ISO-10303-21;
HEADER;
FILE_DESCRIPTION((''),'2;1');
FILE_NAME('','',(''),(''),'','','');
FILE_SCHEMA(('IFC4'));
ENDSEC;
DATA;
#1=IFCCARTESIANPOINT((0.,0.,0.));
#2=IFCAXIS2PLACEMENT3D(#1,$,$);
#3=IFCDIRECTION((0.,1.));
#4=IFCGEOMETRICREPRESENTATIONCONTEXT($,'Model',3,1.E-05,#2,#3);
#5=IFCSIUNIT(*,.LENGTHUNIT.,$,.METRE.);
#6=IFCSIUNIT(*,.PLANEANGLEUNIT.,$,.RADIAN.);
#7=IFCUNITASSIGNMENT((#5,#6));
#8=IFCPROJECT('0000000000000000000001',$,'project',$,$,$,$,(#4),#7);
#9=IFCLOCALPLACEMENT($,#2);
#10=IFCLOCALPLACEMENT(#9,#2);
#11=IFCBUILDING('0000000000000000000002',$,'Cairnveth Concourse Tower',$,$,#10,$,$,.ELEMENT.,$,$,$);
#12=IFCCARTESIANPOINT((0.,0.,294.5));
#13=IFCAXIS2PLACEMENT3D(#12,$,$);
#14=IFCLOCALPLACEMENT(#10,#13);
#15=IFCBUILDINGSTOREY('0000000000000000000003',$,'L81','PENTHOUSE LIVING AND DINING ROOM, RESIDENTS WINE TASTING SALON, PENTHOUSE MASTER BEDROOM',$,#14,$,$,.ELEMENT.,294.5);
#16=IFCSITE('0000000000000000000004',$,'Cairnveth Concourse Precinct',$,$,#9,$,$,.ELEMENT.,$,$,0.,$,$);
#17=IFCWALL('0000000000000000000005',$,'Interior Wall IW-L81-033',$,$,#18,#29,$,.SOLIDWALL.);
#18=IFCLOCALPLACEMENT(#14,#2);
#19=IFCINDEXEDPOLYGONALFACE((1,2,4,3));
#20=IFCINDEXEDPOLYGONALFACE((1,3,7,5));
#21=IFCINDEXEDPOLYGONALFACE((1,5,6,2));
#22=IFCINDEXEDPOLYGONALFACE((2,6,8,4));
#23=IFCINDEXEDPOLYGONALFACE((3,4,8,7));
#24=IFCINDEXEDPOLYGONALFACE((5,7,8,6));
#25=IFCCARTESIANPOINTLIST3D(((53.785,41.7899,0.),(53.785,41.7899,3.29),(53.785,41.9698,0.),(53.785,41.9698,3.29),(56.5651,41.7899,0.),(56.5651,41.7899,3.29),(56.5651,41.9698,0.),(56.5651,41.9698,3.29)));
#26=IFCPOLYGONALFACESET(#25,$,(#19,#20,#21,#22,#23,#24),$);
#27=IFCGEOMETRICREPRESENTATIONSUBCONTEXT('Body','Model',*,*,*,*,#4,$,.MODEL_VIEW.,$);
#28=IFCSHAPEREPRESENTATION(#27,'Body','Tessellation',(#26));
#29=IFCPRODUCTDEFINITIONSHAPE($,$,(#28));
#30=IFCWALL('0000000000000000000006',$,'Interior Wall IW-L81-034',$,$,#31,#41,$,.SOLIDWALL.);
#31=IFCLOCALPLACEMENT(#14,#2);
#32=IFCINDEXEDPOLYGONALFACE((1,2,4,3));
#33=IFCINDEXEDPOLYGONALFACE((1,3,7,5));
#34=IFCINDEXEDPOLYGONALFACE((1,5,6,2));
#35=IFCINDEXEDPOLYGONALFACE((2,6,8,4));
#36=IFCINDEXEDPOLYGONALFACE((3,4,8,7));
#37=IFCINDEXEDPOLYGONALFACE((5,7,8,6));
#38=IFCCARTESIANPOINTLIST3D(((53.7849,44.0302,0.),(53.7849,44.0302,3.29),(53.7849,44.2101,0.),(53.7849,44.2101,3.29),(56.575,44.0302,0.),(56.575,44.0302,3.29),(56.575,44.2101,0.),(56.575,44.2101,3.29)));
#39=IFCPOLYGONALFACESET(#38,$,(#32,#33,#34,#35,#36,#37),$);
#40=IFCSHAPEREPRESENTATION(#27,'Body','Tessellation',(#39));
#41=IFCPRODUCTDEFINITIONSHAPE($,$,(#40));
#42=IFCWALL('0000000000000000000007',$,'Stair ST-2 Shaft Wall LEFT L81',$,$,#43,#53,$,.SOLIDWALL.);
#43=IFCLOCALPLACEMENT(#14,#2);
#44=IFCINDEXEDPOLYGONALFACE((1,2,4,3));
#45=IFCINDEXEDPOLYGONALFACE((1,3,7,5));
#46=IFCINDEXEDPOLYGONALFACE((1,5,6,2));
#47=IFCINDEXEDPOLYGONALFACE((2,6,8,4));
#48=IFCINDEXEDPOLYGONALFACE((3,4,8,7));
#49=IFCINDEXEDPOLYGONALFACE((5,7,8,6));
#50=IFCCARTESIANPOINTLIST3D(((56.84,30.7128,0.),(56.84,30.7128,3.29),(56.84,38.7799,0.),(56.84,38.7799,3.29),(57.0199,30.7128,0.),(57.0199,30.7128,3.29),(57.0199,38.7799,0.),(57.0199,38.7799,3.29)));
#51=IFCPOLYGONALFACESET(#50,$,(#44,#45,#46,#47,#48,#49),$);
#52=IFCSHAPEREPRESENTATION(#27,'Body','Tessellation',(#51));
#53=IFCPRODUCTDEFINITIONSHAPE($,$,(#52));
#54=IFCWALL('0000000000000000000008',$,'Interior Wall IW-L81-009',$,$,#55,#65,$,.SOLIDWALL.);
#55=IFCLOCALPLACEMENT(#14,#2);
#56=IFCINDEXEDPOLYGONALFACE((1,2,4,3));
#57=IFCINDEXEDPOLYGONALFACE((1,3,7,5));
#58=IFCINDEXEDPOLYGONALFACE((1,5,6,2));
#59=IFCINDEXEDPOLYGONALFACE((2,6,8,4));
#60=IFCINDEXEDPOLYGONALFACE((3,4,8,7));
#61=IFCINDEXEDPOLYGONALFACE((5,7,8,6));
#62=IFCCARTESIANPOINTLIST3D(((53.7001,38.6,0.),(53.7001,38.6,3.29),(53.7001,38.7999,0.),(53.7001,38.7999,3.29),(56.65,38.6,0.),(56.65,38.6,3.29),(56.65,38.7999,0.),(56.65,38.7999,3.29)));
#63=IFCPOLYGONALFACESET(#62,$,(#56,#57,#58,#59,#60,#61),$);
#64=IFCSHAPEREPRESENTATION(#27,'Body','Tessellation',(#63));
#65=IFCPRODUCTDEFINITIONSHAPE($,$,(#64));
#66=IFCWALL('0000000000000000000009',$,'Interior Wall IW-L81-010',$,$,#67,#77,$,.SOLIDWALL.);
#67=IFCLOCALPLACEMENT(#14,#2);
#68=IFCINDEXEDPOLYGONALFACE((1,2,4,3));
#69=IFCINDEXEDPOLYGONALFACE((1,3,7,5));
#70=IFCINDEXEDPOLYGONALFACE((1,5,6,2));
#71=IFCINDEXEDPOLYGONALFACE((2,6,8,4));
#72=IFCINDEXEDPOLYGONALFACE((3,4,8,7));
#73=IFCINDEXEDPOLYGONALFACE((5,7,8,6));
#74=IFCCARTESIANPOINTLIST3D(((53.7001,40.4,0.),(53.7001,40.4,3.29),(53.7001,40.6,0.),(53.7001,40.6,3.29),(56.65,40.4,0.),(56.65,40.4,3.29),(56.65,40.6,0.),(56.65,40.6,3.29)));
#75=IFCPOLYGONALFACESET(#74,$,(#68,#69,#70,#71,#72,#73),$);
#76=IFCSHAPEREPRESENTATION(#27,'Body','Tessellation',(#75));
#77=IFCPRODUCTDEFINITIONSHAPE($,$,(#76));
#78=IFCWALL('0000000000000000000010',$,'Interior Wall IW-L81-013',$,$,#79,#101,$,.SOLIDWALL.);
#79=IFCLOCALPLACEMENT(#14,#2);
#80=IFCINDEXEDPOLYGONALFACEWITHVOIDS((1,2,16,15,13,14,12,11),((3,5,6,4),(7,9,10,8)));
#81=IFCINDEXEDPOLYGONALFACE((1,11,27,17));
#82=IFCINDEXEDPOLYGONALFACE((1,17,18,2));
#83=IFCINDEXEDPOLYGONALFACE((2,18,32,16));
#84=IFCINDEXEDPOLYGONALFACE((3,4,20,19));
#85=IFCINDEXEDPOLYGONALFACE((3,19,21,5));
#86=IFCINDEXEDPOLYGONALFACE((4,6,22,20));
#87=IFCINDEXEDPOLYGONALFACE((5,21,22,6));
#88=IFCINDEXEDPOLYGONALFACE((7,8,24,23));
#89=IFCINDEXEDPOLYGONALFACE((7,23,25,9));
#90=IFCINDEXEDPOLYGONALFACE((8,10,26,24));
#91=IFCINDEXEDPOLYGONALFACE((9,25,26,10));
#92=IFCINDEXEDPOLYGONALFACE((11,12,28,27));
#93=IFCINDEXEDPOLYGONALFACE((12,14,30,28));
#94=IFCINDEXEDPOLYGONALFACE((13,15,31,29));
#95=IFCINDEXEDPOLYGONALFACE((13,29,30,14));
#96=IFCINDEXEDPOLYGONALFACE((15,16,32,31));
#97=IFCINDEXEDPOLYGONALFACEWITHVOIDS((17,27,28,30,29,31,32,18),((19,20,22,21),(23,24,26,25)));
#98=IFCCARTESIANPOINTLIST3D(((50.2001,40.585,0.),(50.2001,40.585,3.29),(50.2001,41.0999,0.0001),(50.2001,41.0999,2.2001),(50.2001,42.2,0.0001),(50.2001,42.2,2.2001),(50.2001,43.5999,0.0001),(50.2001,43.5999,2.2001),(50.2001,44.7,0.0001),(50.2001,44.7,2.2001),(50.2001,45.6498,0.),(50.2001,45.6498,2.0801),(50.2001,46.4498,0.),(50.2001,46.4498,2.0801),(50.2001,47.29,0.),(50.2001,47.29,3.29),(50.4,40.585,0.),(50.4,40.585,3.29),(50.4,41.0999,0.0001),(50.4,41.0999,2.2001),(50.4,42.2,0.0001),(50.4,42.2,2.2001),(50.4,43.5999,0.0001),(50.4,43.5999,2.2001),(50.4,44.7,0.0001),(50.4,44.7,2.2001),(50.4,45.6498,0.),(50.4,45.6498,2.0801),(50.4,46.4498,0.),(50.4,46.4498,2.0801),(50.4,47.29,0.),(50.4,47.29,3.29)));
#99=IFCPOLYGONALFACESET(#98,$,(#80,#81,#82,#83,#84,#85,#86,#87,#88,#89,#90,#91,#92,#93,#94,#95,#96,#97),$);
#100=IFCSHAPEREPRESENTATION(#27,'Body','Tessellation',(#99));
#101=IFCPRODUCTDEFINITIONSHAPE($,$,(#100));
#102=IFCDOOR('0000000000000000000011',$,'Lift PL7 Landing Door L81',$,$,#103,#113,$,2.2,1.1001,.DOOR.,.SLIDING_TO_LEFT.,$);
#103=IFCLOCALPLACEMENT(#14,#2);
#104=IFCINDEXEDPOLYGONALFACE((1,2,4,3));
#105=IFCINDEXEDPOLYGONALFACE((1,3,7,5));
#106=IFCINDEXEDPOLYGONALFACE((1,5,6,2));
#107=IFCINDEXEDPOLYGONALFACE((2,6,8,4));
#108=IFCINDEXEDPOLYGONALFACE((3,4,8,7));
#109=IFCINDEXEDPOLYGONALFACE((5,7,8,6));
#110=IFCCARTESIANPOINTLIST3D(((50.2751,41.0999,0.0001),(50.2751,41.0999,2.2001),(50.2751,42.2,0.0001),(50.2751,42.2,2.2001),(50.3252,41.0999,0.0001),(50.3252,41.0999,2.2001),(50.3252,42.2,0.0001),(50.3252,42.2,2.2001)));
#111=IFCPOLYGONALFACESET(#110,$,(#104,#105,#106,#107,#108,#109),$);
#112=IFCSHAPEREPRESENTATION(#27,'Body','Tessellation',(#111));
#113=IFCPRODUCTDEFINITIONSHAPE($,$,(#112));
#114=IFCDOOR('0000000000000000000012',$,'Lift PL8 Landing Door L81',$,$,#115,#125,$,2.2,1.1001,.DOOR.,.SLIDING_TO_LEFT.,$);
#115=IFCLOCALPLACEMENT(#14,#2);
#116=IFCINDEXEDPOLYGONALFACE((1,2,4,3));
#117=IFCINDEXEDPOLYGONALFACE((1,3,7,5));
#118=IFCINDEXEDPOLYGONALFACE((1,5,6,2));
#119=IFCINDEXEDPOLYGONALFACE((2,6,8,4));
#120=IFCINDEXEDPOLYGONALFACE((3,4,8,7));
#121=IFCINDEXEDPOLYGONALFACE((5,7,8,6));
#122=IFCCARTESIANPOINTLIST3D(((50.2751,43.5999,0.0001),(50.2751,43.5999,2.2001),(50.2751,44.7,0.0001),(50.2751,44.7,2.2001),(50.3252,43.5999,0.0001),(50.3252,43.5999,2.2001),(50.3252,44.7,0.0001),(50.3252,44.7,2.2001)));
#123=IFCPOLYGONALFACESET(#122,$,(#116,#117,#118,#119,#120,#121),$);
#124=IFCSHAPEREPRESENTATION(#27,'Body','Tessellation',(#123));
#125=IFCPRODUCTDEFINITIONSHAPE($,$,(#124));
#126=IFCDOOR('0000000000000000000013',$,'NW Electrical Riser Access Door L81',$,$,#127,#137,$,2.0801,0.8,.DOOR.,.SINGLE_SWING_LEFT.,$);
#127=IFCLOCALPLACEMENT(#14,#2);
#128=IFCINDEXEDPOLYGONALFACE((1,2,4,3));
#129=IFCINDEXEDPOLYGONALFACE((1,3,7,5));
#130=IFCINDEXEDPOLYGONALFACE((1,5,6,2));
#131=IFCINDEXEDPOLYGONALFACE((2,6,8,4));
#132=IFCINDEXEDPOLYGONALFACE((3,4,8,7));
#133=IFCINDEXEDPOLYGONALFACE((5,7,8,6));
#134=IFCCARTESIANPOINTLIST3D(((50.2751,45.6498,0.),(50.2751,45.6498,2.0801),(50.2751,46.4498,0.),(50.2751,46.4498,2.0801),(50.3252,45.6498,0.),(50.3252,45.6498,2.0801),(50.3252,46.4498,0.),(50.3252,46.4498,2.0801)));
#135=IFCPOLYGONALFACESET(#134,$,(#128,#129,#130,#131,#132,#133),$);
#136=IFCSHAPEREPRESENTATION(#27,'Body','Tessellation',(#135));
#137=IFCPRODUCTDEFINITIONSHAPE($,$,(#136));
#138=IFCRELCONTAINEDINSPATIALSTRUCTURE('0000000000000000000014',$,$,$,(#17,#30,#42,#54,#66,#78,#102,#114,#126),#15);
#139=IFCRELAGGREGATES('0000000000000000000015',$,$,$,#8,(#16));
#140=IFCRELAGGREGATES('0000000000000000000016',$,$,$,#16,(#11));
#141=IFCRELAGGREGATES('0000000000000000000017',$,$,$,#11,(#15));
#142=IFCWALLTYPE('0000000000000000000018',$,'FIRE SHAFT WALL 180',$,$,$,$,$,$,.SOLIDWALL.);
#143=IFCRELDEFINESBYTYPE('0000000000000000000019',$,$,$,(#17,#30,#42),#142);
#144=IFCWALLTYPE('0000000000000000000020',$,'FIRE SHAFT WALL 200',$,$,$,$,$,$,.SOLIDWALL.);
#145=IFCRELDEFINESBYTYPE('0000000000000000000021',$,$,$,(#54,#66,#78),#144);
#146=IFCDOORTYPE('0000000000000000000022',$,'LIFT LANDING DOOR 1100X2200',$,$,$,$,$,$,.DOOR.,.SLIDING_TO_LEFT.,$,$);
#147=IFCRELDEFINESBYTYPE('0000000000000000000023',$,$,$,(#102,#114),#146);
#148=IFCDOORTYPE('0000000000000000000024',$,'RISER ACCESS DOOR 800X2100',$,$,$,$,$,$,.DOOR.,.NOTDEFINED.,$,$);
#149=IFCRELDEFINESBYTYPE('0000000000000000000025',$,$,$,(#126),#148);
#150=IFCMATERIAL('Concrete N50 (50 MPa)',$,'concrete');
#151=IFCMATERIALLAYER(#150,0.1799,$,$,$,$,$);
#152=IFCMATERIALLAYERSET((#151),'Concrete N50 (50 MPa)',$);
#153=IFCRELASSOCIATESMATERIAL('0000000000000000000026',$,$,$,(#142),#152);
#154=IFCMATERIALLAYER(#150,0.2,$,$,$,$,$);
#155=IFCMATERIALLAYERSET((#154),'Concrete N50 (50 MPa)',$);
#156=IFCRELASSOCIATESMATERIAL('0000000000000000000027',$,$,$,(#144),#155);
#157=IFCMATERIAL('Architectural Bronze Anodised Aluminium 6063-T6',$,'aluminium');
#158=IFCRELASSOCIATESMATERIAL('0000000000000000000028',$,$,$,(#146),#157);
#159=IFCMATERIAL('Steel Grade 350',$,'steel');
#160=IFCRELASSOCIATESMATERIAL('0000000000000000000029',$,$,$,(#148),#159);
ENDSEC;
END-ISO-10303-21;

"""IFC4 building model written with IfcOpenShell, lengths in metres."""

from ifc_helpers import new_model, si_unit, direction, frame, frame_2d, origin, place, context, subcontext, project, spatial, rectangle, extrude, material, layer, layer_set, type_object, element, fill, save


model = new_model("IFC4")

# Units and contexts
model_context = context("Model", 3, precision=1e-05, world=origin(), true_north=direction((0.0, 1.0)))
body_context = subcontext(model_context, "Body", "Model", "MODEL_VIEW")
ifc_project = project(units=[si_unit("LENGTHUNIT", "METRE"), si_unit("PLANEANGLEUNIT", "RADIAN")], contexts=[model_context])

# Site, building, storey
site_placement = place(None, origin())
site = spatial("IfcSite", under=ifc_project, at=site_placement, Name="Cairnveth Concourse Precinct", CompositionType="ELEMENT", RefElevation=0.0)
building_placement = place(site_placement, origin())
building = spatial("IfcBuilding", under=site, at=building_placement, Name="Cairnveth Concourse Tower", CompositionType="ELEMENT")
storey_placement = place(building_placement, frame((0.0, 0.0, 294.5)))
storey = spatial("IfcBuildingStorey", under=building, at=storey_placement, Name="L81", Description="PENTHOUSE LIVING AND DINING ROOM, RESIDENTS WINE TASTING SALON, PENTHOUSE MASTER BEDROOM", CompositionType="ELEMENT", Elevation=294.5)

# Shared definitions
ifc_material_1 = material(Name="Steel Grade 350", Category="steel")

# Walls
ifc_material_2 = material(Name="Concrete N50 (50 MPa)", Category="concrete")
ifc_layer_1 = layer(ifc_material_2, 0.1799)
ifc_layer_set_1 = layer_set([ifc_layer_1], Name="Concrete N50 (50 MPa)")
wall_type_1 = type_object("IfcWallType", Name="FIRE SHAFT WALL 180", PredefinedType="SOLIDWALL", material=ifc_layer_set_1)
wall_1_placement = place(storey_placement, frame((53.7849, 41.8799, 0.0), z_axis=(0.0, 0.0, 1.0), x_axis=(1.0, 0.0, 0.0)))
element("IfcWall", 1, at=wall_1_placement, inside=storey, type_object=wall_type_1, Name="Interior Wall IW-L81-033", PredefinedType="SOLIDWALL", context=body_context, shape_type="SweptSolid", body=[
    extrude(rectangle(XDim=2.78, YDim=0.1799, at=frame_2d((1.3901, 0.0))), origin(), (0.0, 0.0, 1.0), 3.29),
])
wall_2_placement = place(storey_placement, frame((53.7849, 44.1201, 0.0), z_axis=(0.0, 0.0, 1.0), x_axis=(1.0, 0.0, 0.0)))
element("IfcWall", 2, at=wall_2_placement, inside=storey, type_object=wall_type_1, Name="Interior Wall IW-L81-034", PredefinedType="SOLIDWALL", context=body_context, shape_type="SweptSolid", body=[
    extrude(rectangle(XDim=2.79, YDim=0.1799, at=frame_2d((1.395, 0.0))), origin(), (0.0, 0.0, 1.0), 3.29),
])
wall_3_placement = place(storey_placement, frame((56.9299, 38.78, 0.0), z_axis=(0.0, 0.0, 1.0), x_axis=(0.0, -1.0, 0.0)))
element("IfcWall", 3, at=wall_3_placement, inside=storey, type_object=wall_type_1, Name="Stair ST-2 Shaft Wall LEFT L81", PredefinedType="SOLIDWALL", context=body_context, shape_type="SweptSolid", body=[
    extrude(rectangle(XDim=8.0671, YDim=0.1799, at=frame_2d((4.0337, 0.0))), origin(), (0.0, 0.0, 1.0), 3.29),
])
ifc_layer_2 = layer(ifc_material_2, 0.2)
ifc_layer_set_2 = layer_set([ifc_layer_2], Name="Concrete N50 (50 MPa)")
wall_type_2 = type_object("IfcWallType", Name="FIRE SHAFT WALL 200", PredefinedType="SOLIDWALL", material=ifc_layer_set_2)
for number, where, z_axis, x_axis, name in (
    (4, (53.7, 38.7, 0.0), (0.0, 0.0, 1.0), (1.0, 0.0, 0.0), "Interior Wall IW-L81-009"),
    (5, (53.7, 40.5, 0.0), (0.0, 0.0, 1.0), (1.0, 0.0, 0.0), "Interior Wall IW-L81-010"),
):
    element("IfcWall", number, at=place(storey_placement, frame(where, z_axis=z_axis, x_axis=x_axis)), inside=storey, type_object=wall_type_2, Name=name, PredefinedType="SOLIDWALL", context=body_context, shape_type="SweptSolid", body=[
        extrude(rectangle(XDim=2.95, YDim=0.2, at=frame_2d((1.4751, 0.0))), origin(), (0.0, 0.0, 1.0), 3.29),
    ])

# Wall, openings, doors
wall_4_placement = place(storey_placement, frame((50.3, 40.585, 0.0), z_axis=(0.0, 0.0, 1.0), x_axis=(0.0, 1.0, 0.0)))
wall_4 = element("IfcWall", 6, at=wall_4_placement, inside=storey, type_object=wall_type_2, Name="Interior Wall IW-L81-013", PredefinedType="SOLIDWALL", context=body_context, shape_type="SweptSolid", body=[
    extrude(rectangle(XDim=6.7051, YDim=0.2, at=frame_2d((3.3525, 0.0))), origin(), (0.0, 0.0, 1.0), 3.29),
])
opening_1_placement = place(wall_4_placement, frame((0.5149, 0.0, 0.0)))
opening_1 = element("IfcOpeningElement", 7, at=opening_1_placement, cuts=wall_4, PredefinedType="OPENING", context=body_context, shape_type="SweptSolid", body=[
    extrude(rectangle(XDim=1.1001, YDim=2.2, at=frame_2d((0.55, 1.1001))), frame((0.0, 0.1099, 0.0), z_axis=(0.0, -1.0, 0.0), x_axis=(1.0, 0.0, 0.0)), (0.0, 0.0, 1.0), 0.22),
])
opening_2_placement = place(wall_4_placement, frame((3.0149, 0.0, 0.0)))
opening_2 = element("IfcOpeningElement", 8, at=opening_2_placement, cuts=wall_4, PredefinedType="OPENING", context=body_context, shape_type="SweptSolid", body=[
    extrude(rectangle(XDim=1.1001, YDim=2.2, at=frame_2d((0.55, 1.1001))), frame((0.0, 0.1099, 0.0), z_axis=(0.0, -1.0, 0.0), x_axis=(1.0, 0.0, 0.0)), (0.0, 0.0, 1.0), 0.22),
])
opening_3_placement = place(wall_4_placement, frame((5.0649, 0.0, 0.0)))
opening_3 = element("IfcOpeningElement", 9, at=opening_3_placement, cuts=wall_4, PredefinedType="OPENING", context=body_context, shape_type="SweptSolid", body=[
    extrude(rectangle(XDim=0.8, YDim=2.0801, at=frame_2d((0.3999, 1.04))), frame((0.0, 0.1099, 0.0), z_axis=(0.0, -1.0, 0.0), x_axis=(1.0, 0.0, 0.0)), (0.0, 0.0, 1.0), 0.22),
])
ifc_material_3 = material(Name="Architectural Bronze Anodised Aluminium 6063-T6", Category="aluminium")
door_type_1 = type_object("IfcDoorType", Name="LIFT LANDING DOOR 1100X2200", OperationType="SLIDING_TO_LEFT", PredefinedType="DOOR", material=ifc_material_3)
door_1_placement = place(opening_1_placement, origin())
door_1 = element("IfcDoor", 10, at=door_1_placement, inside=storey, type_object=door_type_1, Name="Lift PL7 Landing Door L81", OperationType="SLIDING_TO_LEFT", OverallHeight=2.2, OverallWidth=1.1001, PredefinedType="DOOR", context=body_context, shape_type="SweptSolid", body=[
    extrude(rectangle(XDim=1.1001, YDim=2.2, at=frame_2d((0.55, 1.1001))), frame((0.0, 0.0249, 0.0), z_axis=(0.0, -1.0, 0.0), x_axis=(1.0, 0.0, 0.0)), (0.0, 0.0, 1.0), 0.05),
])
fill(opening_1, door_1)
door_2_placement = place(opening_2_placement, origin())
door_2 = element("IfcDoor", 11, at=door_2_placement, inside=storey, type_object=door_type_1, Name="Lift PL8 Landing Door L81", OperationType="SLIDING_TO_LEFT", OverallHeight=2.2, OverallWidth=1.1001, PredefinedType="DOOR", context=body_context, shape_type="SweptSolid", body=[
    extrude(rectangle(XDim=1.1001, YDim=2.2, at=frame_2d((0.55, 1.1001))), frame((0.0, 0.0249, 0.0), z_axis=(0.0, -1.0, 0.0), x_axis=(1.0, 0.0, 0.0)), (0.0, 0.0, 1.0), 0.05),
])
fill(opening_2, door_2)
door_type_2 = type_object("IfcDoorType", Name="RISER ACCESS DOOR 800X2100", OperationType="NOTDEFINED", PredefinedType="DOOR", material=ifc_material_1)
door_3_placement = place(opening_3_placement, origin())
door_3 = element("IfcDoor", 12, at=door_3_placement, inside=storey, type_object=door_type_2, Name="NW Electrical Riser Access Door L81", OperationType="SINGLE_SWING_LEFT", OverallHeight=2.0801, OverallWidth=0.8, PredefinedType="DOOR", context=body_context, shape_type="SweptSolid", body=[
    extrude(rectangle(XDim=0.8, YDim=2.0801, at=frame_2d((0.3999, 1.04))), frame((0.0, 0.0249, 0.0), z_axis=(0.0, -1.0, 0.0), x_axis=(1.0, 0.0, 0.0)), (0.0, 0.0, 1.0), 0.05),
])
fill(opening_3, door_3)

save(model, "model.ifc")
